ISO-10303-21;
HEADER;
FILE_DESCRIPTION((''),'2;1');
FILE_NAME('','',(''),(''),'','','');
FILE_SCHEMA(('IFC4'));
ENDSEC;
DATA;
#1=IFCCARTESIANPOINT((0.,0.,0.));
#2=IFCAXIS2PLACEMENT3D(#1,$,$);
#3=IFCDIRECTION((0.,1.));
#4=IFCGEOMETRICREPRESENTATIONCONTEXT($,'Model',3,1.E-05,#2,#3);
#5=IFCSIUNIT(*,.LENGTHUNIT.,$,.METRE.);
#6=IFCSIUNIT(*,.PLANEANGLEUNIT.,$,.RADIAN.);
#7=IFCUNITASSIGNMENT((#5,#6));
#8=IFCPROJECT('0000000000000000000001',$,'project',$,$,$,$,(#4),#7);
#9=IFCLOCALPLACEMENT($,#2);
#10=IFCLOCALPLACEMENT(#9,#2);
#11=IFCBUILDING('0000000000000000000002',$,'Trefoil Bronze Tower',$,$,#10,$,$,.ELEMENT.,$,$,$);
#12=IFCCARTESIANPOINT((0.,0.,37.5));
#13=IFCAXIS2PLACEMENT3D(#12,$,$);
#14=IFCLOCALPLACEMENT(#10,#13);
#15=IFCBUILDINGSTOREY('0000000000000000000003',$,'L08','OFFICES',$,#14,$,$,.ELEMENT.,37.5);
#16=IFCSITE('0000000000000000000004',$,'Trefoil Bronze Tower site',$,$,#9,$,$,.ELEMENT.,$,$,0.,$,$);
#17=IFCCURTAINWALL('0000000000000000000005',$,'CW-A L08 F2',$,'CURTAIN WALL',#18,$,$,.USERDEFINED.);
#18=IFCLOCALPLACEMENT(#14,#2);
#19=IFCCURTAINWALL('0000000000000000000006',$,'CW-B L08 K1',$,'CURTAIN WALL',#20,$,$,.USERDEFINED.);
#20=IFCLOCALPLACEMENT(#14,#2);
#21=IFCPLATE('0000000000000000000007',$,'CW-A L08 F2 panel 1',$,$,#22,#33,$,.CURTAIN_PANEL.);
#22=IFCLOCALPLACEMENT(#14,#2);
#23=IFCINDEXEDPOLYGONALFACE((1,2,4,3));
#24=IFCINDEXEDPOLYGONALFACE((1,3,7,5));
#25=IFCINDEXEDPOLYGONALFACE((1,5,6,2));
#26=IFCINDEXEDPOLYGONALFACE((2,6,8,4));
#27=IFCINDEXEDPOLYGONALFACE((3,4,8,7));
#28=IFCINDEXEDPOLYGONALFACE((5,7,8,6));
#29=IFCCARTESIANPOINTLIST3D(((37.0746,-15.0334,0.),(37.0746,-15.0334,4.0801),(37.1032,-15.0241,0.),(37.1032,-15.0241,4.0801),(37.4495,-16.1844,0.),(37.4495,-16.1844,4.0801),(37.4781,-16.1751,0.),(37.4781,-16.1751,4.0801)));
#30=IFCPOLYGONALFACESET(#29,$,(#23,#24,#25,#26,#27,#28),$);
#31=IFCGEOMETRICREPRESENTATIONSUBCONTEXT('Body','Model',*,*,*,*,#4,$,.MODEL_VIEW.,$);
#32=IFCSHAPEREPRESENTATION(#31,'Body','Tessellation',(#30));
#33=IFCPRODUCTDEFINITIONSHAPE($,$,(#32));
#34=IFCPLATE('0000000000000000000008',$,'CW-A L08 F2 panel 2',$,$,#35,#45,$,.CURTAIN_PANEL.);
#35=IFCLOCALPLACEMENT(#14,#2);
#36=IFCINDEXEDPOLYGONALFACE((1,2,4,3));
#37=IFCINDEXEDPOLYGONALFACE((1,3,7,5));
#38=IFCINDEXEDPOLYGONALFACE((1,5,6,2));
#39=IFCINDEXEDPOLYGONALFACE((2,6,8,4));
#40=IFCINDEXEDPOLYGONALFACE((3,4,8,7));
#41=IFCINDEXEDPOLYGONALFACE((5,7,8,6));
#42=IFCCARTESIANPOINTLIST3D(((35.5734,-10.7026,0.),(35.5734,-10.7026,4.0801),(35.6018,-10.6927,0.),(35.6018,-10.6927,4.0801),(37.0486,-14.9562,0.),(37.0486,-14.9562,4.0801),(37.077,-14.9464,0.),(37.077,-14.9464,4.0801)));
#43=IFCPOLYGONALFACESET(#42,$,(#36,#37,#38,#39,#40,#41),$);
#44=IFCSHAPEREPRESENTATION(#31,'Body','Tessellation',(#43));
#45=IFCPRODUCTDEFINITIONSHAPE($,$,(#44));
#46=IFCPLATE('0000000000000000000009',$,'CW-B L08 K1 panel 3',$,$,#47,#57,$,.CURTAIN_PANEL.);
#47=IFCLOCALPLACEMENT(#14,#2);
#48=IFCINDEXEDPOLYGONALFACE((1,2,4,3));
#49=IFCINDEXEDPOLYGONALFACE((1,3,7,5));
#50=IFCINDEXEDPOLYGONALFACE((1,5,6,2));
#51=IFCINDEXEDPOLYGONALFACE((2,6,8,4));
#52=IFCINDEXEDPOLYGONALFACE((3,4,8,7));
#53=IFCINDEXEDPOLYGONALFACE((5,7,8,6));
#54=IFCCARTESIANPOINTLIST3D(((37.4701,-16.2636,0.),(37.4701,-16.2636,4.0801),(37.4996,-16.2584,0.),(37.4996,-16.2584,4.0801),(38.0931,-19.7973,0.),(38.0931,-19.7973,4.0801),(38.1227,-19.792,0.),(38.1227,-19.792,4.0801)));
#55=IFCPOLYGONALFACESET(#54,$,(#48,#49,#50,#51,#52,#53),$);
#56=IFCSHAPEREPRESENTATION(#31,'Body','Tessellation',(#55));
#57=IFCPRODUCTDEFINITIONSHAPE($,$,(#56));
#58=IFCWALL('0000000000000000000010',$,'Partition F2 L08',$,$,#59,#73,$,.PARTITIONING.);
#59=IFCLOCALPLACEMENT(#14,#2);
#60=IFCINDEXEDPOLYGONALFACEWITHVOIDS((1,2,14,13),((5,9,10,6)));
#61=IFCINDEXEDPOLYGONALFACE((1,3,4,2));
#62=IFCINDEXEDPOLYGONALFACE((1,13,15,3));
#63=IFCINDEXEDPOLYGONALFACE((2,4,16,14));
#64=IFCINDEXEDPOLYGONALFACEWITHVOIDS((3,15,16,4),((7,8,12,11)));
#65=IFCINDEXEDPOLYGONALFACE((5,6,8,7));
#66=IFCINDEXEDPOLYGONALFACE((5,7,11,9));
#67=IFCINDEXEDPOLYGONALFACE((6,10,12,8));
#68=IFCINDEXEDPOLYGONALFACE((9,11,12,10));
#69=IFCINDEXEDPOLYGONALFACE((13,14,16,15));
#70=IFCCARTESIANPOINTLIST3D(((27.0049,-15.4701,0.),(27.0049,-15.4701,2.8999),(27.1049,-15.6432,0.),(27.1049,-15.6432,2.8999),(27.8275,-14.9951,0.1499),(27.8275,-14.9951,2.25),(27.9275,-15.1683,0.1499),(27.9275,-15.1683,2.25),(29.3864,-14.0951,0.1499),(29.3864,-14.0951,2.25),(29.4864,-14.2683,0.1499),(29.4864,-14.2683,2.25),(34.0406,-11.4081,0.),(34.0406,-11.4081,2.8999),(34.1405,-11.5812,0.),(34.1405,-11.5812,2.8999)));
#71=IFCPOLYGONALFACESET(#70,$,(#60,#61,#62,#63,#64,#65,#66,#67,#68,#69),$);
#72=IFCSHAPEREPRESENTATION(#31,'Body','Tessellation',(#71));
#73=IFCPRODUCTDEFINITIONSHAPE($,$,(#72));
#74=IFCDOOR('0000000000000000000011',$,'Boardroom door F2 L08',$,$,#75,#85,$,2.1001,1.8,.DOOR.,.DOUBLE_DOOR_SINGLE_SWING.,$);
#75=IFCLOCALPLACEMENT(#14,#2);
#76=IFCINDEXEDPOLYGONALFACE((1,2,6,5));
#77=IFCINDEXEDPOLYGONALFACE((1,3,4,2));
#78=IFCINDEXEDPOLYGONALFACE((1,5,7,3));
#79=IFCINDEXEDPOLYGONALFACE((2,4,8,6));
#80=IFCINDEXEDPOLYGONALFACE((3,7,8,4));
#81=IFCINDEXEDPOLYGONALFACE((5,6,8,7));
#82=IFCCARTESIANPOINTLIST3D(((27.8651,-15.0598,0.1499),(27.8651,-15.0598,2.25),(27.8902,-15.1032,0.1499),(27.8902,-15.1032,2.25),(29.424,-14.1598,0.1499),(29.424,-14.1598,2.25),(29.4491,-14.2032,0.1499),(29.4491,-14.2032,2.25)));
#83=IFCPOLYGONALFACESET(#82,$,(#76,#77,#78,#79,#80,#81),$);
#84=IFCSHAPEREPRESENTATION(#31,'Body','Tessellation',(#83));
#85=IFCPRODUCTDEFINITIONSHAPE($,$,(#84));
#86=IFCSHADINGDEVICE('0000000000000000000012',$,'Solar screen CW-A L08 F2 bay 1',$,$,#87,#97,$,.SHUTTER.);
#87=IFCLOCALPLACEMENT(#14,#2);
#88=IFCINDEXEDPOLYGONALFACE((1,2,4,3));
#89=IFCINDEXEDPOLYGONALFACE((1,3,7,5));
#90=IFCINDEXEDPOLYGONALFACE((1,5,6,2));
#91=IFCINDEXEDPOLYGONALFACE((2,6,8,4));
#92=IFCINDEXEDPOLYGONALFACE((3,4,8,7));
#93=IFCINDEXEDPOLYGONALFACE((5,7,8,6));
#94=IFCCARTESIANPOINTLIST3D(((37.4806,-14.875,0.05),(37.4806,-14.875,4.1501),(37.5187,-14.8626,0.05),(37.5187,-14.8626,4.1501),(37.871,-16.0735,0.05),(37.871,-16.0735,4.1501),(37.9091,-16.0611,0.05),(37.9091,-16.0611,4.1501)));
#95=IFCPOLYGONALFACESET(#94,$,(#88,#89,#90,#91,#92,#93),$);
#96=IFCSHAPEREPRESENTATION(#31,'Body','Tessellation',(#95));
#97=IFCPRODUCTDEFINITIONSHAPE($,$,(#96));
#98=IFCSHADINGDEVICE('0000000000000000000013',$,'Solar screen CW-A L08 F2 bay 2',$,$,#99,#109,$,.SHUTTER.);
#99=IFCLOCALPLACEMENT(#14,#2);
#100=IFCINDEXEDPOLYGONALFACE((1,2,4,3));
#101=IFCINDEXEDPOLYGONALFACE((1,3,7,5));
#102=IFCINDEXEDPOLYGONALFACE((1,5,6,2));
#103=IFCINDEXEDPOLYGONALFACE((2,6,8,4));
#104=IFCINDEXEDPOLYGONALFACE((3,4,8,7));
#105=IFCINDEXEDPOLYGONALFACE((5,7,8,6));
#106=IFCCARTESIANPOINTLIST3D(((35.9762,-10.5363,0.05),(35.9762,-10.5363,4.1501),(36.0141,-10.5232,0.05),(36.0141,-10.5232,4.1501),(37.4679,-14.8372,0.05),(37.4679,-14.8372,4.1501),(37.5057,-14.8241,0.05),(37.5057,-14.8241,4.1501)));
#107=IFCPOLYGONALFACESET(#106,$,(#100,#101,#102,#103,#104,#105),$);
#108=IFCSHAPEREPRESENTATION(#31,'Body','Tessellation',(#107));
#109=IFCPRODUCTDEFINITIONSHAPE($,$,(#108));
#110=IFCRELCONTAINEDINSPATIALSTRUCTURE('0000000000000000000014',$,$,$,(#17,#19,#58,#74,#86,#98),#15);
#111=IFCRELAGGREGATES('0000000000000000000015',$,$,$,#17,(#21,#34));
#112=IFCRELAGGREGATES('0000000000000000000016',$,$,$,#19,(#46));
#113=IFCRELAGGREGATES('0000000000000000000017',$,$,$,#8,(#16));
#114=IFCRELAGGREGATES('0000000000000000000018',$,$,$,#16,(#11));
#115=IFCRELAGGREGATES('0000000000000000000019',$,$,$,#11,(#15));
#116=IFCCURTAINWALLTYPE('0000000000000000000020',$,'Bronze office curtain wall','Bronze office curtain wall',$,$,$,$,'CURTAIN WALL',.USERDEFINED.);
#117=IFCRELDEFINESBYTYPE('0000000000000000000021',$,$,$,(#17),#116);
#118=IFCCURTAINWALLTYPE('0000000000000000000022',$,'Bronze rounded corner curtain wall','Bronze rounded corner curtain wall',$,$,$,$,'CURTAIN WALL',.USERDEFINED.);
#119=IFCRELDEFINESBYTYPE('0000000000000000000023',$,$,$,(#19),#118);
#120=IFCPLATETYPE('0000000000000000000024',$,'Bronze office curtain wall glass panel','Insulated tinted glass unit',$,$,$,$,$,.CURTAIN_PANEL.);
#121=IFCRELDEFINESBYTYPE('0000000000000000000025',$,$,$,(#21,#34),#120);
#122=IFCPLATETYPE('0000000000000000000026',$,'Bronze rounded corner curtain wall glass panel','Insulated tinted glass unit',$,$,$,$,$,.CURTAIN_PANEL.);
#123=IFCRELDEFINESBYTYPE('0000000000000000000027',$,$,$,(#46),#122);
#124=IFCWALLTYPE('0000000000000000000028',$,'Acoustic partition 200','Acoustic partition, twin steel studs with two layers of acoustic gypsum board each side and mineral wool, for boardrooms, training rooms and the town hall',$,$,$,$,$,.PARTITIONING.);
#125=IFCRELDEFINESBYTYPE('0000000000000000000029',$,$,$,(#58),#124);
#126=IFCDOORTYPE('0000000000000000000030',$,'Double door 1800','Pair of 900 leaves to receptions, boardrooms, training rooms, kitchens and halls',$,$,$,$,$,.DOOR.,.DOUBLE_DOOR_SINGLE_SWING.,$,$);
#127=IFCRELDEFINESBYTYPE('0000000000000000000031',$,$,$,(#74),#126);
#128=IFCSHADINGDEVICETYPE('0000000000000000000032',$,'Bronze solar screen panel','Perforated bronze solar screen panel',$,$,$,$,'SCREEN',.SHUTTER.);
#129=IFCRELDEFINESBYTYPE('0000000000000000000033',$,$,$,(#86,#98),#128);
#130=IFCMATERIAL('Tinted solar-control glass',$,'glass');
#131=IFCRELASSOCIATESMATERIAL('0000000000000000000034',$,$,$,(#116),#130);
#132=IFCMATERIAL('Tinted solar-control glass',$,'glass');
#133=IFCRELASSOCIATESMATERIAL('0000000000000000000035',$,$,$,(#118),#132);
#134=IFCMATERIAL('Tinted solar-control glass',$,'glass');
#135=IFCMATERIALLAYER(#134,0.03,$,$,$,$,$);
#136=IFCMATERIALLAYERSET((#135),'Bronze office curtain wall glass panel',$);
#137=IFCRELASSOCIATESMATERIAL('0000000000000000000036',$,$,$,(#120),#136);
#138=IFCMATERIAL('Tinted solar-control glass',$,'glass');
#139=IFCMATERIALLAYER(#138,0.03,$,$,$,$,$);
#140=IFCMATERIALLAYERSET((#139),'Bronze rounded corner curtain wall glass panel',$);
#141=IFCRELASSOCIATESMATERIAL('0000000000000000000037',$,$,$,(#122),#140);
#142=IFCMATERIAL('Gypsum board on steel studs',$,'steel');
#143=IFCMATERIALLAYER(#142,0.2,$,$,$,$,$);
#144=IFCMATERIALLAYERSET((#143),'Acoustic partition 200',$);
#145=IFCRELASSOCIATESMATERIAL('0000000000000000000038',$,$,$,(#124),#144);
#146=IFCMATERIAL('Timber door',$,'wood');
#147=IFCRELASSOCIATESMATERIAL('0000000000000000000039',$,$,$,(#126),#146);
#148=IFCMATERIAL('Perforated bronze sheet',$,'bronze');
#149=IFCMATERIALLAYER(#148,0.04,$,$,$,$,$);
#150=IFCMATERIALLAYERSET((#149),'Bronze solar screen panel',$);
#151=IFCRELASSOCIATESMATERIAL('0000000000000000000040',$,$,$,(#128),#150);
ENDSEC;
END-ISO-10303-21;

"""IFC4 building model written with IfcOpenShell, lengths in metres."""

from ifc_helpers import new_model, si_unit, direction, frame, frame_2d, origin, origin_2d, place, context, subcontext, project, spatial, rectangle, extrude, material, layer, layer_set, type_object, element, fill, aggregate, save


model = new_model("IFC4")

# Units and contexts
model_context = context("Model", 3, precision=1e-05, world=origin(), true_north=direction((0.0, 1.0)))
body_context = subcontext(model_context, "Body", "Model", "MODEL_VIEW")
ifc_project = project(units=[si_unit("LENGTHUNIT", "METRE"), si_unit("PLANEANGLEUNIT", "RADIAN")], contexts=[model_context])

# Site, building, storey
site_placement = place(None, origin())
site = spatial("IfcSite", under=ifc_project, at=site_placement, Name="Trefoil Bronze Tower site", CompositionType="ELEMENT", RefElevation=0.0)
building_placement = place(site_placement, origin())
building = spatial("IfcBuilding", under=site, at=building_placement, Name="Trefoil Bronze Tower", CompositionType="ELEMENT")
storey_placement = place(building_placement, frame((0.0, 0.0, 37.5)))
storey = spatial("IfcBuildingStorey", under=building, at=storey_placement, Name="L08", Description="OFFICES", CompositionType="ELEMENT", Elevation=37.5)

# Curtain wall
ifc_material_1 = material(Name="Tinted solar-control glass", Category="glass")
curtain_wall_type_1 = type_object("IfcCurtainWallType", Name="Bronze office curtain wall", Description="Bronze office curtain wall", ElementType="CURTAIN WALL", PredefinedType="USERDEFINED", material=ifc_material_1)
curtain_wall_1_placement = place(storey_placement, origin())
curtain_wall_1 = element("IfcCurtainWall", 1, at=curtain_wall_1_placement, inside=storey, type_object=curtain_wall_type_1, Name="CW-A L08 F2", ObjectType="CURTAIN WALL", PredefinedType="USERDEFINED")

# Curtain wall
ifc_material_2 = material(Name="Tinted solar-control glass", Category="glass")
curtain_wall_type_2 = type_object("IfcCurtainWallType", Name="Bronze rounded corner curtain wall", Description="Bronze rounded corner curtain wall", ElementType="CURTAIN WALL", PredefinedType="USERDEFINED", material=ifc_material_2)
curtain_wall_2_placement = place(storey_placement, origin())
curtain_wall_2 = element("IfcCurtainWall", 2, at=curtain_wall_2_placement, inside=storey, type_object=curtain_wall_type_2, Name="CW-B L08 K1", ObjectType="CURTAIN WALL", PredefinedType="USERDEFINED")

# Plates
ifc_material_3 = material(Name="Tinted solar-control glass", Category="glass")
ifc_layer_1 = layer(ifc_material_3, 0.03)
ifc_layer_set_1 = layer_set([ifc_layer_1], Name="Bronze office curtain wall glass panel")
plate_type_1 = type_object("IfcPlateType", Name="Bronze office curtain wall glass panel", Description="Insulated tinted glass unit", PredefinedType="CURTAIN_PANEL", material=ifc_layer_set_1)
plate_1_placement = place(storey_placement, frame((37.2764, -15.6042, 0.0), z_axis=(0.0, 0.0, 1.0), x_axis=(-0.309728, 0.950825, 0.0)))
plate_1 = element("IfcPlate", 3, at=plate_1_placement, type_object=plate_type_1, Name="CW-A L08 F2 panel 1", PredefinedType="CURTAIN_PANEL", context=body_context, shape_type="SweptSolid", body=[
    extrude(rectangle(XDim=1.2104, YDim=0.03, at=origin_2d()), origin(), (0.0, 0.0, 1.0), 4.0801),
])
plate_2_placement = place(storey_placement, frame((36.3252, -12.8245, 0.0), z_axis=(0.0, 0.0, 1.0), x_axis=(-0.327674, 0.944791, 0.0)))
plate_2 = element("IfcPlate", 4, at=plate_2_placement, type_object=plate_type_1, Name="CW-A L08 F2 panel 2", PredefinedType="CURTAIN_PANEL", context=body_context, shape_type="SweptSolid", body=[
    extrude(rectangle(XDim=4.5022, YDim=0.03, at=origin_2d()), origin(), (0.0, 0.0, 1.0), 4.0801),
])
aggregate(curtain_wall_1, [plate_1, plate_2])
ifc_material_4 = material(Name="Tinted solar-control glass", Category="glass")
ifc_layer_2 = layer(ifc_material_4, 0.03)
ifc_layer_set_2 = layer_set([ifc_layer_2], Name="Bronze rounded corner curtain wall glass panel")
plate_type_2 = type_object("IfcPlateType", Name="Bronze rounded corner curtain wall glass panel", Description="Insulated tinted glass unit", PredefinedType="CURTAIN_PANEL", material=ifc_layer_set_2)
plate_3_placement = place(storey_placement, frame((37.7964, -18.0278, 0.0), z_axis=(0.0, 0.0, 1.0), x_axis=(-0.173648, 0.984808, 0.0)))
plate_3 = element("IfcPlate", 5, at=plate_3_placement, type_object=plate_type_2, Name="CW-B L08 K1 panel 3", PredefinedType="CURTAIN_PANEL", context=body_context, shape_type="SweptSolid", body=[
    extrude(rectangle(XDim=3.5881, YDim=0.03, at=origin_2d()), origin(), (0.0, 0.0, 1.0), 4.0801),
])
aggregate(curtain_wall_2, [plate_3])

# Wall, opening, door
ifc_material_5 = material(Name="Gypsum board on steel studs", Category="steel")
ifc_layer_3 = layer(ifc_material_5, 0.2)
ifc_layer_set_3 = layer_set([ifc_layer_3], Name="Acoustic partition 200")
wall_type = type_object("IfcWallType", Name="Acoustic partition 200", Description="Acoustic partition, twin steel studs with two layers of acoustic gypsum board each side and mineral wool, for boardrooms, training rooms and the town hall", PredefinedType="PARTITIONING", material=ifc_layer_set_3)
wall_placement = place(storey_placement, frame((27.0549, -15.5566, 0.0), z_axis=(0.0, 0.0, 1.0), x_axis=(0.866026, 0.499998, 0.0)))
wall = element("IfcWall", 6, at=wall_placement, inside=storey, type_object=wall_type, Name="Partition F2 L08", PredefinedType="PARTITIONING", context=body_context, shape_type="SweptSolid", body=[
    extrude(rectangle(XDim=8.124, YDim=0.2, at=frame_2d((4.062, 0.0))), origin(), (0.0, 0.0, 1.0), 2.8999),
])
opening_placement = place(wall_placement, frame((0.95, 0.0, 0.1499)))
opening = element("IfcOpeningElement", 7, at=opening_placement, cuts=wall, PredefinedType="OPENING", context=body_context, shape_type="SweptSolid", body=[
    extrude(rectangle(XDim=1.8, YDim=2.1001, at=frame_2d((0.8999, 1.05))), frame((0.0, 0.1099, 0.0), z_axis=(0.0, -1.0, 0.0), x_axis=(1.0, 0.0, 0.0)), (0.0, 0.0, 1.0), 0.22),
])
ifc_material_6 = material(Name="Timber door", Category="wood")
door_type = type_object("IfcDoorType", Name="Double door 1800", Description="Pair of 900 leaves to receptions, boardrooms, training rooms, kitchens and halls", OperationType="DOUBLE_DOOR_SINGLE_SWING", PredefinedType="DOOR", material=ifc_material_6)
door_placement = place(opening_placement, frame((1.8, 0.0, 0.0), z_axis=(0.0, 0.0, 1.0), x_axis=(-1.0, 0.0, 0.0)))
door = element("IfcDoor", 8, at=door_placement, inside=storey, type_object=door_type, Name="Boardroom door F2 L08", OperationType="DOUBLE_DOOR_SINGLE_SWING", OverallHeight=2.1001, OverallWidth=1.8, PredefinedType="DOOR", context=body_context, shape_type="SweptSolid", body=[
    extrude(rectangle(XDim=1.8, YDim=2.1001, at=frame_2d((0.8999, 1.05))), frame((0.0, 0.0249, 0.0), z_axis=(0.0, -1.0, 0.0), x_axis=(1.0, 0.0, 0.0)), (0.0, 0.0, 1.0), 0.05),
])
fill(opening, door)

# Shading devices
ifc_material_7 = material(Name="Perforated bronze sheet", Category="bronze")
ifc_layer_4 = layer(ifc_material_7, 0.04)
ifc_layer_set_4 = layer_set([ifc_layer_4], Name="Bronze solar screen panel")
shading_device_type = type_object("IfcShadingDeviceType", Name="Bronze solar screen panel", Description="Perforated bronze solar screen panel", ElementType="SCREEN", PredefinedType="SHUTTER", material=ifc_layer_set_4)
shading_device_1_placement = place(storey_placement, frame((37.6948, -15.468, 0.05), z_axis=(0.0, 0.0, 1.0), x_axis=(-0.309728, 0.950825, 0.0)))
element("IfcShadingDevice", 9, at=shading_device_1_placement, inside=storey, type_object=shading_device_type, Name="Solar screen CW-A L08 F2 bay 1", PredefinedType="SHUTTER", context=body_context, shape_type="SweptSolid", body=[
    extrude(rectangle(XDim=1.2605, YDim=0.04, at=origin_2d()), origin(), (0.0, 0.0, 1.0), 4.1001),
])
shading_device_2_placement = place(storey_placement, frame((36.741, -12.6802, 0.05), z_axis=(0.0, 0.0, 1.0), x_axis=(-0.327674, 0.944791, 0.0)))
element("IfcShadingDevice", 10, at=shading_device_2_placement, inside=storey, type_object=shading_device_type, Name="Solar screen CW-A L08 F2 bay 2", PredefinedType="SHUTTER", context=body_context, shape_type="SweptSolid", body=[
    extrude(rectangle(XDim=4.5522, YDim=0.04, at=origin_2d()), origin(), (0.0, 0.0, 1.0), 4.1001),
])

save(model, "model.ifc")
